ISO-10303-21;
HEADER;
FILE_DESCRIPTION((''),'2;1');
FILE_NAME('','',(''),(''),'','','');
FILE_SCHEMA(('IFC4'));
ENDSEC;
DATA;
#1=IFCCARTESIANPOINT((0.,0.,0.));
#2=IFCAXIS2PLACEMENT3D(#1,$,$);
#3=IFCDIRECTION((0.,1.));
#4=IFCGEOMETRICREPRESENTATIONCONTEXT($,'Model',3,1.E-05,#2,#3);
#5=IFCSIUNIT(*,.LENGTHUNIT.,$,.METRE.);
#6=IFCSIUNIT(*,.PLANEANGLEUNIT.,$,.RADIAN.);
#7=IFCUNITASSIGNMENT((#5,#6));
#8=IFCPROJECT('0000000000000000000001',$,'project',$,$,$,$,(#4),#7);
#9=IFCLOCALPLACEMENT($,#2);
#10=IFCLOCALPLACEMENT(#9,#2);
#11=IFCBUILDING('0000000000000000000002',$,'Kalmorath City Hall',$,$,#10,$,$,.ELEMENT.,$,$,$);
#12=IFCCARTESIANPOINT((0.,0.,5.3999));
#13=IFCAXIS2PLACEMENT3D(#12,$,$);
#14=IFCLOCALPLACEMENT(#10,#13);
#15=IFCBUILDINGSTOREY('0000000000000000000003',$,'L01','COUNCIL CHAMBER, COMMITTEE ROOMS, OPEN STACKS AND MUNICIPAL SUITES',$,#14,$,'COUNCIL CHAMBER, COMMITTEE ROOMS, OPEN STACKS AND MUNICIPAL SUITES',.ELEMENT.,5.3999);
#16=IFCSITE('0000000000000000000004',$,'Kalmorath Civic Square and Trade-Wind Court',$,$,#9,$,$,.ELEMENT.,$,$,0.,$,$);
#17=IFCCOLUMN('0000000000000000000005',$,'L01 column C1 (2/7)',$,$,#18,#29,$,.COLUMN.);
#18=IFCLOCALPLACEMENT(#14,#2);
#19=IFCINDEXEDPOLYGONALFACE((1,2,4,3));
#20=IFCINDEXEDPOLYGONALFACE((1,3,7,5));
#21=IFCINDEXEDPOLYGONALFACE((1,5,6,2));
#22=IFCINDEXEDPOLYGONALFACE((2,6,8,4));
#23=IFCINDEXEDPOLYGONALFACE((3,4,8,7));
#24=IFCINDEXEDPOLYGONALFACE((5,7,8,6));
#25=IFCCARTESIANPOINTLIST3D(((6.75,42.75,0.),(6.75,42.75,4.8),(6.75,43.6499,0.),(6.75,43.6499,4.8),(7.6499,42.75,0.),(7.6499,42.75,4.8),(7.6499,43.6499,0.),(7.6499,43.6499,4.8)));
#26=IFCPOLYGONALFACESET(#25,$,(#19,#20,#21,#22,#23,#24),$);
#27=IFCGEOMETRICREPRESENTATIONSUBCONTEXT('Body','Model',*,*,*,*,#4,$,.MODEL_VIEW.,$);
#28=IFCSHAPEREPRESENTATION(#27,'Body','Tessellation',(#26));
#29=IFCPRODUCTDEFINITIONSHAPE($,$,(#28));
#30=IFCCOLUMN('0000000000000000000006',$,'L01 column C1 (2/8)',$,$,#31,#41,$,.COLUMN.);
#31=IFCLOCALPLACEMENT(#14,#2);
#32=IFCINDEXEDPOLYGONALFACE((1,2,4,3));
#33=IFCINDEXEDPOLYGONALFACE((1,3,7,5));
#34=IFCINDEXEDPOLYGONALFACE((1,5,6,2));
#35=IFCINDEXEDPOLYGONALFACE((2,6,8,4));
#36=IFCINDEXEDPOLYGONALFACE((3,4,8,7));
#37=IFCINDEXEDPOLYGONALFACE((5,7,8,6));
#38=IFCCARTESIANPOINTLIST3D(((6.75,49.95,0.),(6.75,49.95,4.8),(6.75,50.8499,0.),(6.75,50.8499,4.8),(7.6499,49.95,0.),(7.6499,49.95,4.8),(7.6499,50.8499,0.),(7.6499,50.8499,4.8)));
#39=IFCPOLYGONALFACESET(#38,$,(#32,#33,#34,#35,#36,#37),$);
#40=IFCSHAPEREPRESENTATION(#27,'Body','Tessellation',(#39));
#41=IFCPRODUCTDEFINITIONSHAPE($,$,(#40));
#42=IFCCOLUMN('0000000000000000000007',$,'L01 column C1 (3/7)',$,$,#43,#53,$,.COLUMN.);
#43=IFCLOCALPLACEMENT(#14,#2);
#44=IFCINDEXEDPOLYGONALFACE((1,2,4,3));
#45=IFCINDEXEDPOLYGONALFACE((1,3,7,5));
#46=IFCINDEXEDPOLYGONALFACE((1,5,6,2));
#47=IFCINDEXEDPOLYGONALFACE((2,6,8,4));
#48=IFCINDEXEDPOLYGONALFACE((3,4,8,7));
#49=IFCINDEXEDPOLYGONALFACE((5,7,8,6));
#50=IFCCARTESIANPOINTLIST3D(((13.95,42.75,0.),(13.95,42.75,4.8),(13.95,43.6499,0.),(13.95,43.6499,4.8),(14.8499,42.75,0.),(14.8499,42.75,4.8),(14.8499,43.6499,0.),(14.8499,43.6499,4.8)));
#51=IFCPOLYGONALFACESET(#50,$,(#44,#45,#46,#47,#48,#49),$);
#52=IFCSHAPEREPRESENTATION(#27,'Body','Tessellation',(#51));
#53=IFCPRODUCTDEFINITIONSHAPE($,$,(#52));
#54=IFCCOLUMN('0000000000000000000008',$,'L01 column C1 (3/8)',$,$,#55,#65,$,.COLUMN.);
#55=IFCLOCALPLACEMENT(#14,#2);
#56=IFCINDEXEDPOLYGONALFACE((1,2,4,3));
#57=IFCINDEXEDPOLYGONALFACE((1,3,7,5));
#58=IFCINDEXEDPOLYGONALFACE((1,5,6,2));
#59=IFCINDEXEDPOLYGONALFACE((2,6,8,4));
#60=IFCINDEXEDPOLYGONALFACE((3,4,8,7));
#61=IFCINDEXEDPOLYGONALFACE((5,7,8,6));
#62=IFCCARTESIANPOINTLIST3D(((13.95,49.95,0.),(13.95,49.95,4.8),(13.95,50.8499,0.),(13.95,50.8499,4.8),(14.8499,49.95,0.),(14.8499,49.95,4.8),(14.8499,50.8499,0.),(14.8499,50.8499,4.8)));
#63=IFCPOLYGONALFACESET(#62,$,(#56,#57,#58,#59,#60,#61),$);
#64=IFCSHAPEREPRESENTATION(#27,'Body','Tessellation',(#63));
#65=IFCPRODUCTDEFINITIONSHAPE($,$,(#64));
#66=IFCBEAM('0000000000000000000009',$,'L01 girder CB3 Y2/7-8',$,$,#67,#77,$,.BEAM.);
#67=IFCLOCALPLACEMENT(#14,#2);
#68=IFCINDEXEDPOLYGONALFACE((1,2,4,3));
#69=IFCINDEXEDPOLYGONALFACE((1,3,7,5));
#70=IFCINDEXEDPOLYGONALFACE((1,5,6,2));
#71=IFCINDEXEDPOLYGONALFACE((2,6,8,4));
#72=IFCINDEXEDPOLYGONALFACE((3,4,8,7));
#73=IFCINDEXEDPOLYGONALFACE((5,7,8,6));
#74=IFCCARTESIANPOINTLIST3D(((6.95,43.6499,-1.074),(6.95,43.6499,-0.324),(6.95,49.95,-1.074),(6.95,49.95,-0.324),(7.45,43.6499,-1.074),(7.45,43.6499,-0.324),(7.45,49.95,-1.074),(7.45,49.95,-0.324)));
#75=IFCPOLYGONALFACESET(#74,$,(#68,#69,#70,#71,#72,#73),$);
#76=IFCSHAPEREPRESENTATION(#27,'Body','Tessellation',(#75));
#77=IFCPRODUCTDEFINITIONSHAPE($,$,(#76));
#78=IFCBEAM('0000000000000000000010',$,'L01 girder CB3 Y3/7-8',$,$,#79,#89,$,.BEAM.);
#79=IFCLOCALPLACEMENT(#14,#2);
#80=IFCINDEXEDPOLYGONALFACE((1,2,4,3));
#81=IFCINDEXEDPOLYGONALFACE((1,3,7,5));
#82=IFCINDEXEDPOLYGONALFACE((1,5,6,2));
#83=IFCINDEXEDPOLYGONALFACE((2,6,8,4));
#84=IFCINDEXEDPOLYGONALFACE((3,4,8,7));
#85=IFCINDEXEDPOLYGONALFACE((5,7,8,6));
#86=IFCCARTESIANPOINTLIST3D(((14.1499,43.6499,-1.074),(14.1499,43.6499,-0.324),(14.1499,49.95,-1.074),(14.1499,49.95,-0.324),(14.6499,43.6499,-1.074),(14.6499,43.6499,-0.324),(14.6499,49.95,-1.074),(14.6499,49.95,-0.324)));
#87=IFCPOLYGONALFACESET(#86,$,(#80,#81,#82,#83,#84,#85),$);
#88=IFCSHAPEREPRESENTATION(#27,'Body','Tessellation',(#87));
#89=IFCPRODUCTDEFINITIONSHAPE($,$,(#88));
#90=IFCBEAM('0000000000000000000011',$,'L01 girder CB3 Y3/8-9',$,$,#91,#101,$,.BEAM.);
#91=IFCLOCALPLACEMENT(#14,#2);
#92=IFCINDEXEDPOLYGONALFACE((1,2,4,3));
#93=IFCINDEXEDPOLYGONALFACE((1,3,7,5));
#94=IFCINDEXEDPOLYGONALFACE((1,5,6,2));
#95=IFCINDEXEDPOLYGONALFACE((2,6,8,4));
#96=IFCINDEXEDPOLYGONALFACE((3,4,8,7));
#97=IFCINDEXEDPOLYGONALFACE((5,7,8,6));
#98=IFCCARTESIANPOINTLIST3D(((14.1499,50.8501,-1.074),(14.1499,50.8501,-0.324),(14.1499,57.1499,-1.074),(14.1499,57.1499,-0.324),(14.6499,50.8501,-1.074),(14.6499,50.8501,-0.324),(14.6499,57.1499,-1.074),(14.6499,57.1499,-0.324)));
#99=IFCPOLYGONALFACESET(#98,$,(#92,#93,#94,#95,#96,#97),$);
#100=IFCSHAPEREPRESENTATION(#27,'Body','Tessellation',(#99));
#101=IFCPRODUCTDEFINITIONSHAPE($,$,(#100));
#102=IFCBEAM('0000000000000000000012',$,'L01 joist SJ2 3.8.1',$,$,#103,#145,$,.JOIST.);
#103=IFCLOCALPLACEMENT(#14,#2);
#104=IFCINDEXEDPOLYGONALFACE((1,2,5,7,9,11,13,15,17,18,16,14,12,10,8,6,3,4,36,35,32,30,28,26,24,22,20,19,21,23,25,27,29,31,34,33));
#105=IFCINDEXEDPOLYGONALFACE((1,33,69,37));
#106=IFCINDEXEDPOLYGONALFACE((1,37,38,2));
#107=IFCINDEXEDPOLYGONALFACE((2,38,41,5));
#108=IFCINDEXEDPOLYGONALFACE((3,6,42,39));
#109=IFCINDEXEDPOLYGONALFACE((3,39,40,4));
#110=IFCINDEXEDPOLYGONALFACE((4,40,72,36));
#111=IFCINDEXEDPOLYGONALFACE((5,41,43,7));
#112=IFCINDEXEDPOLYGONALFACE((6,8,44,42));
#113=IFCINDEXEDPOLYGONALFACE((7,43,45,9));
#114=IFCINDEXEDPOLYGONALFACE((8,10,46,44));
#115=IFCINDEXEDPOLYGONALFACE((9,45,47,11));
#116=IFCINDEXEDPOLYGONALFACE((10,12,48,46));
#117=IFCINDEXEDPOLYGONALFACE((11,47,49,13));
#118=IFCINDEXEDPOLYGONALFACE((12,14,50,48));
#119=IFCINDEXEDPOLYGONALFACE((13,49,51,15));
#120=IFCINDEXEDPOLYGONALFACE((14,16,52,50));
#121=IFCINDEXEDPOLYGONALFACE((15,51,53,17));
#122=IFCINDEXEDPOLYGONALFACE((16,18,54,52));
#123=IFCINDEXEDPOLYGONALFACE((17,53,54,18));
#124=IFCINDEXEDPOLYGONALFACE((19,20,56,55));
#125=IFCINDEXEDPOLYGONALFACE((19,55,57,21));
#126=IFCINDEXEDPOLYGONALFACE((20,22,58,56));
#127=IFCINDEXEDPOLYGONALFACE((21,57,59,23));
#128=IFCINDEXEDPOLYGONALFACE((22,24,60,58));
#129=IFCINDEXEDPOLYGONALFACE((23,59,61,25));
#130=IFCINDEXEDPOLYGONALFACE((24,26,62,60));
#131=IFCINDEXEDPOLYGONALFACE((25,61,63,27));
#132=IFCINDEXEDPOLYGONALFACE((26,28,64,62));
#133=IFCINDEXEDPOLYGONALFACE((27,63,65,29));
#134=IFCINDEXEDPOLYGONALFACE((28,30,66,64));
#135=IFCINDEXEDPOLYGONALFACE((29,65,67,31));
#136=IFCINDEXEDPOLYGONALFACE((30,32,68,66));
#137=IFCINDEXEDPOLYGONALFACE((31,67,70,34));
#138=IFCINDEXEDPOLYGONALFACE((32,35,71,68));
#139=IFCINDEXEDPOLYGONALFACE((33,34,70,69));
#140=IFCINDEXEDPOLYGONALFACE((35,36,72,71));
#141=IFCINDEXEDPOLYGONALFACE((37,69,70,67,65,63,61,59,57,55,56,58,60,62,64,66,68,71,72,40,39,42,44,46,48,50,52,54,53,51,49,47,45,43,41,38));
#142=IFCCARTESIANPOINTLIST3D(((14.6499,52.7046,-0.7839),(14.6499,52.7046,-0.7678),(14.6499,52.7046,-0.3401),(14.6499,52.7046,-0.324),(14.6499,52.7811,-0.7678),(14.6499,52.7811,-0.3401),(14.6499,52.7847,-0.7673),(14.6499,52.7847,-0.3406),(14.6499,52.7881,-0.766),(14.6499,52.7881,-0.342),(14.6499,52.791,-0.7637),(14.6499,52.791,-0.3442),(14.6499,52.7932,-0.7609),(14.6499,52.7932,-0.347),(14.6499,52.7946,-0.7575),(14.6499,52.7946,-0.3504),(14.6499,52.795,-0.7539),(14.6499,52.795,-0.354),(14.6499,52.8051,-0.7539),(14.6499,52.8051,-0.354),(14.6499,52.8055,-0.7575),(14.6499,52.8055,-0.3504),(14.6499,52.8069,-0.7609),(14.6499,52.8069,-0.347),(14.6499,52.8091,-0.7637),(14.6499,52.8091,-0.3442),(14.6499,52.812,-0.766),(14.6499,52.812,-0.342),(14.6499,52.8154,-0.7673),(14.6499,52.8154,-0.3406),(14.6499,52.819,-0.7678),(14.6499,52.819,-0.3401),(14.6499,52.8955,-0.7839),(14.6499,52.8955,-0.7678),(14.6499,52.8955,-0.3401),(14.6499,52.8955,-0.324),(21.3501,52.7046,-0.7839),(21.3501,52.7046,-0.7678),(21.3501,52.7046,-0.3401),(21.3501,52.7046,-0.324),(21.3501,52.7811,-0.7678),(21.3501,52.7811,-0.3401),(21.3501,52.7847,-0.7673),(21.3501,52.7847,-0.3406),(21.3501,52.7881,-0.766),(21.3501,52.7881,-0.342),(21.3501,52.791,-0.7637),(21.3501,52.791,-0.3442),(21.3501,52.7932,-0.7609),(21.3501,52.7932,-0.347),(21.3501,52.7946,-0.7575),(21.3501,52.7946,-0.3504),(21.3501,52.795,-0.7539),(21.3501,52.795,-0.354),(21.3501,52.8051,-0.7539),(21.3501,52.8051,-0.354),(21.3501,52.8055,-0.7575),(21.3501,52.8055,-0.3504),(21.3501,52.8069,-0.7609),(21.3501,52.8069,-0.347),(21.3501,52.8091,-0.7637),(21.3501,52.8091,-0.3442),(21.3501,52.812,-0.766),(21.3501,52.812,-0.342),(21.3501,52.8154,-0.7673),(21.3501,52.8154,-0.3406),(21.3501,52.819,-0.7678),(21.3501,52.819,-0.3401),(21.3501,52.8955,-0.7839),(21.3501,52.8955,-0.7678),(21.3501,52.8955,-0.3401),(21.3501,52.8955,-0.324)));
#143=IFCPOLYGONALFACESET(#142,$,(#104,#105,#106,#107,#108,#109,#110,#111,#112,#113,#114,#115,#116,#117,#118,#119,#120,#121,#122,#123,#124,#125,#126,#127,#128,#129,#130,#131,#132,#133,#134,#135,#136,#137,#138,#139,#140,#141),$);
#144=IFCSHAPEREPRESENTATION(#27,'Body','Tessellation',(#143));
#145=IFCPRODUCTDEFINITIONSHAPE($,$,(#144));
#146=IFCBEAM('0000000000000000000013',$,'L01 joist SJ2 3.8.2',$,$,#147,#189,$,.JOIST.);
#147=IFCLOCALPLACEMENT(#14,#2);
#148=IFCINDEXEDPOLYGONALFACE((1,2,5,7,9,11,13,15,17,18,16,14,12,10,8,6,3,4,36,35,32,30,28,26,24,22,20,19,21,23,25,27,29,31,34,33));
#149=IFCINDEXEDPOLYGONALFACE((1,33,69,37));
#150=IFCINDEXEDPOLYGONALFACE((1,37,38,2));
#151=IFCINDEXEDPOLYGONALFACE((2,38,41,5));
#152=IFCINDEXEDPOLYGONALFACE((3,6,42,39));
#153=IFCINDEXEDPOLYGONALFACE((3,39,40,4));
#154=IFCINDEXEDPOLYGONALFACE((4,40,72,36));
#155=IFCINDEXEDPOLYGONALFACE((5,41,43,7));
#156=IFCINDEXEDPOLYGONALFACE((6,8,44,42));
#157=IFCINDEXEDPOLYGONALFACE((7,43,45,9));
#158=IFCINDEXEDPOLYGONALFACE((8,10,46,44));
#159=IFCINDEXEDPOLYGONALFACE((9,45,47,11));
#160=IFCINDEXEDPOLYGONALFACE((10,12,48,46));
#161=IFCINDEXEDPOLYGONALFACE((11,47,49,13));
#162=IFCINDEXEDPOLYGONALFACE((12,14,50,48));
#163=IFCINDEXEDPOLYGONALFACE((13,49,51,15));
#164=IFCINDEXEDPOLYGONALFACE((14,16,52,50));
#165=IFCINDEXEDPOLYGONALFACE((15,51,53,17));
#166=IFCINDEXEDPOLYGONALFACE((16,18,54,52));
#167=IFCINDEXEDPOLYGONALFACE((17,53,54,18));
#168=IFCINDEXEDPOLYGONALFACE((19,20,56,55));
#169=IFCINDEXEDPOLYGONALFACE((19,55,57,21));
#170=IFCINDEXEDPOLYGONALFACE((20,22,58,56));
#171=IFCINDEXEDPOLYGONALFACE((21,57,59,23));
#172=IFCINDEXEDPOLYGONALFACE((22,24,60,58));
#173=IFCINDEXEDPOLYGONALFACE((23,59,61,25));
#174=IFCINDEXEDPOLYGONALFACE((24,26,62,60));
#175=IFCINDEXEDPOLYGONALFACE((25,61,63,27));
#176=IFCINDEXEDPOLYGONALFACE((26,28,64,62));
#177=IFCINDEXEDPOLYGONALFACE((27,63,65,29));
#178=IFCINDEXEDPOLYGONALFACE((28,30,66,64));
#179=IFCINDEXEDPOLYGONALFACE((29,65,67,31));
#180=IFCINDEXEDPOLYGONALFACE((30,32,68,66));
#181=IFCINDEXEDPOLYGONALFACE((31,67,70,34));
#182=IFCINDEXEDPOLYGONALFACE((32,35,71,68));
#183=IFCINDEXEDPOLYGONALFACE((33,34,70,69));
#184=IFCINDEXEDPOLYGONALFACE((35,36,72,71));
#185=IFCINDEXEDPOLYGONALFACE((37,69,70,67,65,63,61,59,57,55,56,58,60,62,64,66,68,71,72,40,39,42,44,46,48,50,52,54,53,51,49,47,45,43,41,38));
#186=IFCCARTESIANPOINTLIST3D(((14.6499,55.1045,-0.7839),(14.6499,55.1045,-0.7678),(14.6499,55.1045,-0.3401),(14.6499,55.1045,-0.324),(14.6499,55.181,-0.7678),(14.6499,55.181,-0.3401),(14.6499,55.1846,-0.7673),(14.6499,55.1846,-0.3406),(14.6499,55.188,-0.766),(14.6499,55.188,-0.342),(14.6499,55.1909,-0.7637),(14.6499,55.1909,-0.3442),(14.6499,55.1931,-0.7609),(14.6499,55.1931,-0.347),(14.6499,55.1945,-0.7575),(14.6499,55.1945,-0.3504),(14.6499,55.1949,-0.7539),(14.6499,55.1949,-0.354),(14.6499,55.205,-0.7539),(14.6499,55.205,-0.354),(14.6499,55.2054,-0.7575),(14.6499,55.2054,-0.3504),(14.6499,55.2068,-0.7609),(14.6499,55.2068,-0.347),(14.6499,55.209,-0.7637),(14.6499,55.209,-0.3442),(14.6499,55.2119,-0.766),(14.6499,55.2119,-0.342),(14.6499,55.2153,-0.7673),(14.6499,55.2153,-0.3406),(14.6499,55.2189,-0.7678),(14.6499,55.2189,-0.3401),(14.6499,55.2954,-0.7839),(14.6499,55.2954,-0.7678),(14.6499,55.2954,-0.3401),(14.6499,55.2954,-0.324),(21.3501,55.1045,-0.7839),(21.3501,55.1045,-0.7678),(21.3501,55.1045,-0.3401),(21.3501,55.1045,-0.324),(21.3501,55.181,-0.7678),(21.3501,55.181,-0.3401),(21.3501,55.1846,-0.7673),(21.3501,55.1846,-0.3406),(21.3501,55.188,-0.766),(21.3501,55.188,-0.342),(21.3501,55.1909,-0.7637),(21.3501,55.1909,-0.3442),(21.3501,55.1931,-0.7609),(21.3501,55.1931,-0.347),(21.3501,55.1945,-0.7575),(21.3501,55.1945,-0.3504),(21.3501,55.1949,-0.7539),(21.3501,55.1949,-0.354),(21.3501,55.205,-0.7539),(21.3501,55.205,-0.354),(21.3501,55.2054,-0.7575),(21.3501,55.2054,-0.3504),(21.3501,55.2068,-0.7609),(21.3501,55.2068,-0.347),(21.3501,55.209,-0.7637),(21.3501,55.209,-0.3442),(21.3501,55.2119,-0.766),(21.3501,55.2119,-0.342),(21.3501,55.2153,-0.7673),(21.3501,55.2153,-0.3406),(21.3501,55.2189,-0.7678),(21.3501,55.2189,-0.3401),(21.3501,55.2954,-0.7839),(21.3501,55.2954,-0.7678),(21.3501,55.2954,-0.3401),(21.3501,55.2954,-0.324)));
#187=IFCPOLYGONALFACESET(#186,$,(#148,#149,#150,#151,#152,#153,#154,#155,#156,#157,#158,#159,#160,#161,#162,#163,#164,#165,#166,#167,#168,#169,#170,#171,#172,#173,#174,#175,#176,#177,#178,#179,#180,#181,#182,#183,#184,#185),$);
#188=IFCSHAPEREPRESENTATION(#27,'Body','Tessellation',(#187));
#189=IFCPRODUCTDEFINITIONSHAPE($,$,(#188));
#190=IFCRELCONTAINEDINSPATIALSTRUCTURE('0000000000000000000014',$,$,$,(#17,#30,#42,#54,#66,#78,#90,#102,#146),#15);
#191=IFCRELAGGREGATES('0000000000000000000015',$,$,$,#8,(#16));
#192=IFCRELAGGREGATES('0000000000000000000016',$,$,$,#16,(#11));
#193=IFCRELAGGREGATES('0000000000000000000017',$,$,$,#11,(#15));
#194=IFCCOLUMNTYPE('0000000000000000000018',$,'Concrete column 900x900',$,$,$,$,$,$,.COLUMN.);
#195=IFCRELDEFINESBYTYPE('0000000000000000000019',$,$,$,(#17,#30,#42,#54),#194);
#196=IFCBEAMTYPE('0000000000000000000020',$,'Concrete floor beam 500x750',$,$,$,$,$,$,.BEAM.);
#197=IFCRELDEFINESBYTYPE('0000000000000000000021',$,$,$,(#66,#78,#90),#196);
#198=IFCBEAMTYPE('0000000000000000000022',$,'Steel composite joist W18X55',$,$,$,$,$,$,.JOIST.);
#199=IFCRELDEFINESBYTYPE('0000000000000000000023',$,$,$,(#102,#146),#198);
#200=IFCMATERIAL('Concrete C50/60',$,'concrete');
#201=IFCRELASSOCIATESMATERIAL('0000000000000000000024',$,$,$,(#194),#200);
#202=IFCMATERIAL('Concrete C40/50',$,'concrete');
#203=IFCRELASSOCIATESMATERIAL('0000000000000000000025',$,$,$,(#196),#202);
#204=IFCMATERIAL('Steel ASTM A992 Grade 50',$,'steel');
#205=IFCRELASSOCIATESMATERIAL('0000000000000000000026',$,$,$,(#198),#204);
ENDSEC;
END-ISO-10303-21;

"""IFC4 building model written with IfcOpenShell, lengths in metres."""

from ifc_helpers import new_model, si_unit, direction, frame, origin, origin_2d, place, context, subcontext, project, spatial, rectangle, i_section, extrude, material, material_profile, profile_set, type_object, element, save


model = new_model("IFC4")

# Units and contexts
model_context = context("Model", 3, precision=1e-05, world=origin(), true_north=direction((0.0, 1.0)))
body_context = subcontext(model_context, "Body", "Model", "MODEL_VIEW")
ifc_project = project(units=[si_unit("LENGTHUNIT", "METRE"), si_unit("PLANEANGLEUNIT", "RADIAN")], contexts=[model_context])

# Site, building, storey
site_placement = place(None, origin())
site = spatial("IfcSite", under=ifc_project, at=site_placement, Name="Kalmorath Civic Square and Trade-Wind Court", CompositionType="ELEMENT", RefElevation=0.0)
building_placement = place(site_placement, origin())
building = spatial("IfcBuilding", under=site, at=building_placement, Name="Kalmorath City Hall", CompositionType="ELEMENT")
storey_placement = place(building_placement, frame((0.0, 0.0, 5.3999)))
storey = spatial("IfcBuildingStorey", under=building, at=storey_placement, Name="L01", Description="COUNCIL CHAMBER, COMMITTEE ROOMS, OPEN STACKS AND MUNICIPAL SUITES", LongName="COUNCIL CHAMBER, COMMITTEE ROOMS, OPEN STACKS AND MUNICIPAL SUITES", CompositionType="ELEMENT", Elevation=5.3999)

# Columns
ifc_material_1 = material(Name="Concrete C50/60", Category="concrete")
ifc_material_profile_1 = material_profile(ifc_material_1, rectangle(XDim=0.8999, YDim=0.8999, at=origin_2d()), Name="RC-COL-900X900")
ifc_profile_set_1 = profile_set([ifc_material_profile_1], Name="Concrete C50/60")
column_type = type_object("IfcColumnType", Name="Concrete column 900x900", PredefinedType="COLUMN", material=ifc_profile_set_1)
for number, where, z_axis, x_axis, name in (
    (1, (7.2, 43.2, 0.0), (0.0, 0.0, 1.0), (1.0, 0.0, 0.0), "L01 column C1 (2/7)"),
    (2, (7.2, 50.3999, 0.0), (0.0, 0.0, 1.0), (1.0, 0.0, 0.0), "L01 column C1 (2/8)"),
    (3, (14.3999, 43.2, 0.0), (0.0, 0.0, 1.0), (1.0, 0.0, 0.0), "L01 column C1 (3/7)"),
    (4, (14.3999, 50.3999, 0.0), (0.0, 0.0, 1.0), (1.0, 0.0, 0.0), "L01 column C1 (3/8)"),
):
    element("IfcColumn", number, at=place(storey_placement, frame(where, z_axis=z_axis, x_axis=x_axis)), inside=storey, type_object=column_type, Name=name, PredefinedType="COLUMN", context=body_context, shape_type="SweptSolid", body=[
        extrude(rectangle(XDim=0.8999, YDim=0.8999, at=origin_2d()), origin(), (0.0, 0.0, 1.0), 4.8),
    ])

# Beams
ifc_material_2 = material(Name="Concrete C40/50", Category="concrete")
ifc_material_profile_2 = material_profile(ifc_material_2, rectangle(XDim=0.5, YDim=0.75, at=origin_2d()), Name="RC-BM-500X750")
ifc_profile_set_2 = profile_set([ifc_material_profile_2], Name="Concrete C40/50")
beam_type_1 = type_object("IfcBeamType", Name="Concrete floor beam 500x750", PredefinedType="BEAM", material=ifc_profile_set_2)
for number, where, z_axis, x_axis, name in (
    (5, (7.2, 43.6499, -0.699), (0.0, 1.0, 0.0), (-1.0, 0.0, 0.0), "L01 girder CB3 Y2/7-8"),
    (6, (14.3999, 43.6499, -0.699), (0.0, 1.0, 0.0), (-1.0, 0.0, 0.0), "L01 girder CB3 Y3/7-8"),
):
    element("IfcBeam", number, at=place(storey_placement, frame(where, z_axis=z_axis, x_axis=x_axis)), inside=storey, type_object=beam_type_1, Name=name, PredefinedType="BEAM", context=body_context, shape_type="SweptSolid", body=[
        extrude(rectangle(XDim=0.5, YDim=0.75, at=origin_2d()), origin(), (0.0, 0.0, 1.0), 6.3),
    ])
beam_1_placement = place(storey_placement, frame((14.3999, 50.8501, -0.699), z_axis=(0.0, 1.0, 0.0), x_axis=(-1.0, 0.0, 0.0)))
element("IfcBeam", 7, at=beam_1_placement, inside=storey, type_object=beam_type_1, Name="L01 girder CB3 Y3/8-9", PredefinedType="BEAM", context=body_context, shape_type="SweptSolid", body=[
    extrude(rectangle(XDim=0.5, YDim=0.75, at=origin_2d()), origin(), (0.0, 0.0, 1.0), 6.2998),
])
ifc_material_3 = material(Name="Steel ASTM A992 Grade 50", Category="steel")
ifc_material_profile_3 = material_profile(ifc_material_3, i_section(OverallWidth=0.1909, OverallDepth=0.46, WebThickness=0.01, FlangeThickness=0.0161, FilletRadius=0.0139, at=origin_2d()), Name="W18X55")
ifc_profile_set_3 = profile_set([ifc_material_profile_3], Name="Steel ASTM A992 Grade 50")
beam_type_2 = type_object("IfcBeamType", Name="Steel composite joist W18X55", PredefinedType="JOIST", material=ifc_profile_set_3)
for number, where, z_axis, x_axis, name in (
    (8, (14.6499, 52.8, -0.554), (1.0, 0.0, 0.0), (0.0, 1.0, 0.0), "L01 joist SJ2 3.8.1"),
    (9, (14.6499, 55.2, -0.554), (1.0, 0.0, 0.0), (0.0, 1.0, 0.0), "L01 joist SJ2 3.8.2"),
):
    element("IfcBeam", number, at=place(storey_placement, frame(where, z_axis=z_axis, x_axis=x_axis)), inside=storey, type_object=beam_type_2, Name=name, PredefinedType="JOIST", context=body_context, shape_type="SweptSolid", body=[
        extrude(i_section(OverallWidth=0.1909, OverallDepth=0.46, WebThickness=0.01, FlangeThickness=0.0161, FilletRadius=0.0139, at=origin_2d()), origin(), (0.0, 0.0, 1.0), 6.7002),
    ])

save(model, "model.ifc")
